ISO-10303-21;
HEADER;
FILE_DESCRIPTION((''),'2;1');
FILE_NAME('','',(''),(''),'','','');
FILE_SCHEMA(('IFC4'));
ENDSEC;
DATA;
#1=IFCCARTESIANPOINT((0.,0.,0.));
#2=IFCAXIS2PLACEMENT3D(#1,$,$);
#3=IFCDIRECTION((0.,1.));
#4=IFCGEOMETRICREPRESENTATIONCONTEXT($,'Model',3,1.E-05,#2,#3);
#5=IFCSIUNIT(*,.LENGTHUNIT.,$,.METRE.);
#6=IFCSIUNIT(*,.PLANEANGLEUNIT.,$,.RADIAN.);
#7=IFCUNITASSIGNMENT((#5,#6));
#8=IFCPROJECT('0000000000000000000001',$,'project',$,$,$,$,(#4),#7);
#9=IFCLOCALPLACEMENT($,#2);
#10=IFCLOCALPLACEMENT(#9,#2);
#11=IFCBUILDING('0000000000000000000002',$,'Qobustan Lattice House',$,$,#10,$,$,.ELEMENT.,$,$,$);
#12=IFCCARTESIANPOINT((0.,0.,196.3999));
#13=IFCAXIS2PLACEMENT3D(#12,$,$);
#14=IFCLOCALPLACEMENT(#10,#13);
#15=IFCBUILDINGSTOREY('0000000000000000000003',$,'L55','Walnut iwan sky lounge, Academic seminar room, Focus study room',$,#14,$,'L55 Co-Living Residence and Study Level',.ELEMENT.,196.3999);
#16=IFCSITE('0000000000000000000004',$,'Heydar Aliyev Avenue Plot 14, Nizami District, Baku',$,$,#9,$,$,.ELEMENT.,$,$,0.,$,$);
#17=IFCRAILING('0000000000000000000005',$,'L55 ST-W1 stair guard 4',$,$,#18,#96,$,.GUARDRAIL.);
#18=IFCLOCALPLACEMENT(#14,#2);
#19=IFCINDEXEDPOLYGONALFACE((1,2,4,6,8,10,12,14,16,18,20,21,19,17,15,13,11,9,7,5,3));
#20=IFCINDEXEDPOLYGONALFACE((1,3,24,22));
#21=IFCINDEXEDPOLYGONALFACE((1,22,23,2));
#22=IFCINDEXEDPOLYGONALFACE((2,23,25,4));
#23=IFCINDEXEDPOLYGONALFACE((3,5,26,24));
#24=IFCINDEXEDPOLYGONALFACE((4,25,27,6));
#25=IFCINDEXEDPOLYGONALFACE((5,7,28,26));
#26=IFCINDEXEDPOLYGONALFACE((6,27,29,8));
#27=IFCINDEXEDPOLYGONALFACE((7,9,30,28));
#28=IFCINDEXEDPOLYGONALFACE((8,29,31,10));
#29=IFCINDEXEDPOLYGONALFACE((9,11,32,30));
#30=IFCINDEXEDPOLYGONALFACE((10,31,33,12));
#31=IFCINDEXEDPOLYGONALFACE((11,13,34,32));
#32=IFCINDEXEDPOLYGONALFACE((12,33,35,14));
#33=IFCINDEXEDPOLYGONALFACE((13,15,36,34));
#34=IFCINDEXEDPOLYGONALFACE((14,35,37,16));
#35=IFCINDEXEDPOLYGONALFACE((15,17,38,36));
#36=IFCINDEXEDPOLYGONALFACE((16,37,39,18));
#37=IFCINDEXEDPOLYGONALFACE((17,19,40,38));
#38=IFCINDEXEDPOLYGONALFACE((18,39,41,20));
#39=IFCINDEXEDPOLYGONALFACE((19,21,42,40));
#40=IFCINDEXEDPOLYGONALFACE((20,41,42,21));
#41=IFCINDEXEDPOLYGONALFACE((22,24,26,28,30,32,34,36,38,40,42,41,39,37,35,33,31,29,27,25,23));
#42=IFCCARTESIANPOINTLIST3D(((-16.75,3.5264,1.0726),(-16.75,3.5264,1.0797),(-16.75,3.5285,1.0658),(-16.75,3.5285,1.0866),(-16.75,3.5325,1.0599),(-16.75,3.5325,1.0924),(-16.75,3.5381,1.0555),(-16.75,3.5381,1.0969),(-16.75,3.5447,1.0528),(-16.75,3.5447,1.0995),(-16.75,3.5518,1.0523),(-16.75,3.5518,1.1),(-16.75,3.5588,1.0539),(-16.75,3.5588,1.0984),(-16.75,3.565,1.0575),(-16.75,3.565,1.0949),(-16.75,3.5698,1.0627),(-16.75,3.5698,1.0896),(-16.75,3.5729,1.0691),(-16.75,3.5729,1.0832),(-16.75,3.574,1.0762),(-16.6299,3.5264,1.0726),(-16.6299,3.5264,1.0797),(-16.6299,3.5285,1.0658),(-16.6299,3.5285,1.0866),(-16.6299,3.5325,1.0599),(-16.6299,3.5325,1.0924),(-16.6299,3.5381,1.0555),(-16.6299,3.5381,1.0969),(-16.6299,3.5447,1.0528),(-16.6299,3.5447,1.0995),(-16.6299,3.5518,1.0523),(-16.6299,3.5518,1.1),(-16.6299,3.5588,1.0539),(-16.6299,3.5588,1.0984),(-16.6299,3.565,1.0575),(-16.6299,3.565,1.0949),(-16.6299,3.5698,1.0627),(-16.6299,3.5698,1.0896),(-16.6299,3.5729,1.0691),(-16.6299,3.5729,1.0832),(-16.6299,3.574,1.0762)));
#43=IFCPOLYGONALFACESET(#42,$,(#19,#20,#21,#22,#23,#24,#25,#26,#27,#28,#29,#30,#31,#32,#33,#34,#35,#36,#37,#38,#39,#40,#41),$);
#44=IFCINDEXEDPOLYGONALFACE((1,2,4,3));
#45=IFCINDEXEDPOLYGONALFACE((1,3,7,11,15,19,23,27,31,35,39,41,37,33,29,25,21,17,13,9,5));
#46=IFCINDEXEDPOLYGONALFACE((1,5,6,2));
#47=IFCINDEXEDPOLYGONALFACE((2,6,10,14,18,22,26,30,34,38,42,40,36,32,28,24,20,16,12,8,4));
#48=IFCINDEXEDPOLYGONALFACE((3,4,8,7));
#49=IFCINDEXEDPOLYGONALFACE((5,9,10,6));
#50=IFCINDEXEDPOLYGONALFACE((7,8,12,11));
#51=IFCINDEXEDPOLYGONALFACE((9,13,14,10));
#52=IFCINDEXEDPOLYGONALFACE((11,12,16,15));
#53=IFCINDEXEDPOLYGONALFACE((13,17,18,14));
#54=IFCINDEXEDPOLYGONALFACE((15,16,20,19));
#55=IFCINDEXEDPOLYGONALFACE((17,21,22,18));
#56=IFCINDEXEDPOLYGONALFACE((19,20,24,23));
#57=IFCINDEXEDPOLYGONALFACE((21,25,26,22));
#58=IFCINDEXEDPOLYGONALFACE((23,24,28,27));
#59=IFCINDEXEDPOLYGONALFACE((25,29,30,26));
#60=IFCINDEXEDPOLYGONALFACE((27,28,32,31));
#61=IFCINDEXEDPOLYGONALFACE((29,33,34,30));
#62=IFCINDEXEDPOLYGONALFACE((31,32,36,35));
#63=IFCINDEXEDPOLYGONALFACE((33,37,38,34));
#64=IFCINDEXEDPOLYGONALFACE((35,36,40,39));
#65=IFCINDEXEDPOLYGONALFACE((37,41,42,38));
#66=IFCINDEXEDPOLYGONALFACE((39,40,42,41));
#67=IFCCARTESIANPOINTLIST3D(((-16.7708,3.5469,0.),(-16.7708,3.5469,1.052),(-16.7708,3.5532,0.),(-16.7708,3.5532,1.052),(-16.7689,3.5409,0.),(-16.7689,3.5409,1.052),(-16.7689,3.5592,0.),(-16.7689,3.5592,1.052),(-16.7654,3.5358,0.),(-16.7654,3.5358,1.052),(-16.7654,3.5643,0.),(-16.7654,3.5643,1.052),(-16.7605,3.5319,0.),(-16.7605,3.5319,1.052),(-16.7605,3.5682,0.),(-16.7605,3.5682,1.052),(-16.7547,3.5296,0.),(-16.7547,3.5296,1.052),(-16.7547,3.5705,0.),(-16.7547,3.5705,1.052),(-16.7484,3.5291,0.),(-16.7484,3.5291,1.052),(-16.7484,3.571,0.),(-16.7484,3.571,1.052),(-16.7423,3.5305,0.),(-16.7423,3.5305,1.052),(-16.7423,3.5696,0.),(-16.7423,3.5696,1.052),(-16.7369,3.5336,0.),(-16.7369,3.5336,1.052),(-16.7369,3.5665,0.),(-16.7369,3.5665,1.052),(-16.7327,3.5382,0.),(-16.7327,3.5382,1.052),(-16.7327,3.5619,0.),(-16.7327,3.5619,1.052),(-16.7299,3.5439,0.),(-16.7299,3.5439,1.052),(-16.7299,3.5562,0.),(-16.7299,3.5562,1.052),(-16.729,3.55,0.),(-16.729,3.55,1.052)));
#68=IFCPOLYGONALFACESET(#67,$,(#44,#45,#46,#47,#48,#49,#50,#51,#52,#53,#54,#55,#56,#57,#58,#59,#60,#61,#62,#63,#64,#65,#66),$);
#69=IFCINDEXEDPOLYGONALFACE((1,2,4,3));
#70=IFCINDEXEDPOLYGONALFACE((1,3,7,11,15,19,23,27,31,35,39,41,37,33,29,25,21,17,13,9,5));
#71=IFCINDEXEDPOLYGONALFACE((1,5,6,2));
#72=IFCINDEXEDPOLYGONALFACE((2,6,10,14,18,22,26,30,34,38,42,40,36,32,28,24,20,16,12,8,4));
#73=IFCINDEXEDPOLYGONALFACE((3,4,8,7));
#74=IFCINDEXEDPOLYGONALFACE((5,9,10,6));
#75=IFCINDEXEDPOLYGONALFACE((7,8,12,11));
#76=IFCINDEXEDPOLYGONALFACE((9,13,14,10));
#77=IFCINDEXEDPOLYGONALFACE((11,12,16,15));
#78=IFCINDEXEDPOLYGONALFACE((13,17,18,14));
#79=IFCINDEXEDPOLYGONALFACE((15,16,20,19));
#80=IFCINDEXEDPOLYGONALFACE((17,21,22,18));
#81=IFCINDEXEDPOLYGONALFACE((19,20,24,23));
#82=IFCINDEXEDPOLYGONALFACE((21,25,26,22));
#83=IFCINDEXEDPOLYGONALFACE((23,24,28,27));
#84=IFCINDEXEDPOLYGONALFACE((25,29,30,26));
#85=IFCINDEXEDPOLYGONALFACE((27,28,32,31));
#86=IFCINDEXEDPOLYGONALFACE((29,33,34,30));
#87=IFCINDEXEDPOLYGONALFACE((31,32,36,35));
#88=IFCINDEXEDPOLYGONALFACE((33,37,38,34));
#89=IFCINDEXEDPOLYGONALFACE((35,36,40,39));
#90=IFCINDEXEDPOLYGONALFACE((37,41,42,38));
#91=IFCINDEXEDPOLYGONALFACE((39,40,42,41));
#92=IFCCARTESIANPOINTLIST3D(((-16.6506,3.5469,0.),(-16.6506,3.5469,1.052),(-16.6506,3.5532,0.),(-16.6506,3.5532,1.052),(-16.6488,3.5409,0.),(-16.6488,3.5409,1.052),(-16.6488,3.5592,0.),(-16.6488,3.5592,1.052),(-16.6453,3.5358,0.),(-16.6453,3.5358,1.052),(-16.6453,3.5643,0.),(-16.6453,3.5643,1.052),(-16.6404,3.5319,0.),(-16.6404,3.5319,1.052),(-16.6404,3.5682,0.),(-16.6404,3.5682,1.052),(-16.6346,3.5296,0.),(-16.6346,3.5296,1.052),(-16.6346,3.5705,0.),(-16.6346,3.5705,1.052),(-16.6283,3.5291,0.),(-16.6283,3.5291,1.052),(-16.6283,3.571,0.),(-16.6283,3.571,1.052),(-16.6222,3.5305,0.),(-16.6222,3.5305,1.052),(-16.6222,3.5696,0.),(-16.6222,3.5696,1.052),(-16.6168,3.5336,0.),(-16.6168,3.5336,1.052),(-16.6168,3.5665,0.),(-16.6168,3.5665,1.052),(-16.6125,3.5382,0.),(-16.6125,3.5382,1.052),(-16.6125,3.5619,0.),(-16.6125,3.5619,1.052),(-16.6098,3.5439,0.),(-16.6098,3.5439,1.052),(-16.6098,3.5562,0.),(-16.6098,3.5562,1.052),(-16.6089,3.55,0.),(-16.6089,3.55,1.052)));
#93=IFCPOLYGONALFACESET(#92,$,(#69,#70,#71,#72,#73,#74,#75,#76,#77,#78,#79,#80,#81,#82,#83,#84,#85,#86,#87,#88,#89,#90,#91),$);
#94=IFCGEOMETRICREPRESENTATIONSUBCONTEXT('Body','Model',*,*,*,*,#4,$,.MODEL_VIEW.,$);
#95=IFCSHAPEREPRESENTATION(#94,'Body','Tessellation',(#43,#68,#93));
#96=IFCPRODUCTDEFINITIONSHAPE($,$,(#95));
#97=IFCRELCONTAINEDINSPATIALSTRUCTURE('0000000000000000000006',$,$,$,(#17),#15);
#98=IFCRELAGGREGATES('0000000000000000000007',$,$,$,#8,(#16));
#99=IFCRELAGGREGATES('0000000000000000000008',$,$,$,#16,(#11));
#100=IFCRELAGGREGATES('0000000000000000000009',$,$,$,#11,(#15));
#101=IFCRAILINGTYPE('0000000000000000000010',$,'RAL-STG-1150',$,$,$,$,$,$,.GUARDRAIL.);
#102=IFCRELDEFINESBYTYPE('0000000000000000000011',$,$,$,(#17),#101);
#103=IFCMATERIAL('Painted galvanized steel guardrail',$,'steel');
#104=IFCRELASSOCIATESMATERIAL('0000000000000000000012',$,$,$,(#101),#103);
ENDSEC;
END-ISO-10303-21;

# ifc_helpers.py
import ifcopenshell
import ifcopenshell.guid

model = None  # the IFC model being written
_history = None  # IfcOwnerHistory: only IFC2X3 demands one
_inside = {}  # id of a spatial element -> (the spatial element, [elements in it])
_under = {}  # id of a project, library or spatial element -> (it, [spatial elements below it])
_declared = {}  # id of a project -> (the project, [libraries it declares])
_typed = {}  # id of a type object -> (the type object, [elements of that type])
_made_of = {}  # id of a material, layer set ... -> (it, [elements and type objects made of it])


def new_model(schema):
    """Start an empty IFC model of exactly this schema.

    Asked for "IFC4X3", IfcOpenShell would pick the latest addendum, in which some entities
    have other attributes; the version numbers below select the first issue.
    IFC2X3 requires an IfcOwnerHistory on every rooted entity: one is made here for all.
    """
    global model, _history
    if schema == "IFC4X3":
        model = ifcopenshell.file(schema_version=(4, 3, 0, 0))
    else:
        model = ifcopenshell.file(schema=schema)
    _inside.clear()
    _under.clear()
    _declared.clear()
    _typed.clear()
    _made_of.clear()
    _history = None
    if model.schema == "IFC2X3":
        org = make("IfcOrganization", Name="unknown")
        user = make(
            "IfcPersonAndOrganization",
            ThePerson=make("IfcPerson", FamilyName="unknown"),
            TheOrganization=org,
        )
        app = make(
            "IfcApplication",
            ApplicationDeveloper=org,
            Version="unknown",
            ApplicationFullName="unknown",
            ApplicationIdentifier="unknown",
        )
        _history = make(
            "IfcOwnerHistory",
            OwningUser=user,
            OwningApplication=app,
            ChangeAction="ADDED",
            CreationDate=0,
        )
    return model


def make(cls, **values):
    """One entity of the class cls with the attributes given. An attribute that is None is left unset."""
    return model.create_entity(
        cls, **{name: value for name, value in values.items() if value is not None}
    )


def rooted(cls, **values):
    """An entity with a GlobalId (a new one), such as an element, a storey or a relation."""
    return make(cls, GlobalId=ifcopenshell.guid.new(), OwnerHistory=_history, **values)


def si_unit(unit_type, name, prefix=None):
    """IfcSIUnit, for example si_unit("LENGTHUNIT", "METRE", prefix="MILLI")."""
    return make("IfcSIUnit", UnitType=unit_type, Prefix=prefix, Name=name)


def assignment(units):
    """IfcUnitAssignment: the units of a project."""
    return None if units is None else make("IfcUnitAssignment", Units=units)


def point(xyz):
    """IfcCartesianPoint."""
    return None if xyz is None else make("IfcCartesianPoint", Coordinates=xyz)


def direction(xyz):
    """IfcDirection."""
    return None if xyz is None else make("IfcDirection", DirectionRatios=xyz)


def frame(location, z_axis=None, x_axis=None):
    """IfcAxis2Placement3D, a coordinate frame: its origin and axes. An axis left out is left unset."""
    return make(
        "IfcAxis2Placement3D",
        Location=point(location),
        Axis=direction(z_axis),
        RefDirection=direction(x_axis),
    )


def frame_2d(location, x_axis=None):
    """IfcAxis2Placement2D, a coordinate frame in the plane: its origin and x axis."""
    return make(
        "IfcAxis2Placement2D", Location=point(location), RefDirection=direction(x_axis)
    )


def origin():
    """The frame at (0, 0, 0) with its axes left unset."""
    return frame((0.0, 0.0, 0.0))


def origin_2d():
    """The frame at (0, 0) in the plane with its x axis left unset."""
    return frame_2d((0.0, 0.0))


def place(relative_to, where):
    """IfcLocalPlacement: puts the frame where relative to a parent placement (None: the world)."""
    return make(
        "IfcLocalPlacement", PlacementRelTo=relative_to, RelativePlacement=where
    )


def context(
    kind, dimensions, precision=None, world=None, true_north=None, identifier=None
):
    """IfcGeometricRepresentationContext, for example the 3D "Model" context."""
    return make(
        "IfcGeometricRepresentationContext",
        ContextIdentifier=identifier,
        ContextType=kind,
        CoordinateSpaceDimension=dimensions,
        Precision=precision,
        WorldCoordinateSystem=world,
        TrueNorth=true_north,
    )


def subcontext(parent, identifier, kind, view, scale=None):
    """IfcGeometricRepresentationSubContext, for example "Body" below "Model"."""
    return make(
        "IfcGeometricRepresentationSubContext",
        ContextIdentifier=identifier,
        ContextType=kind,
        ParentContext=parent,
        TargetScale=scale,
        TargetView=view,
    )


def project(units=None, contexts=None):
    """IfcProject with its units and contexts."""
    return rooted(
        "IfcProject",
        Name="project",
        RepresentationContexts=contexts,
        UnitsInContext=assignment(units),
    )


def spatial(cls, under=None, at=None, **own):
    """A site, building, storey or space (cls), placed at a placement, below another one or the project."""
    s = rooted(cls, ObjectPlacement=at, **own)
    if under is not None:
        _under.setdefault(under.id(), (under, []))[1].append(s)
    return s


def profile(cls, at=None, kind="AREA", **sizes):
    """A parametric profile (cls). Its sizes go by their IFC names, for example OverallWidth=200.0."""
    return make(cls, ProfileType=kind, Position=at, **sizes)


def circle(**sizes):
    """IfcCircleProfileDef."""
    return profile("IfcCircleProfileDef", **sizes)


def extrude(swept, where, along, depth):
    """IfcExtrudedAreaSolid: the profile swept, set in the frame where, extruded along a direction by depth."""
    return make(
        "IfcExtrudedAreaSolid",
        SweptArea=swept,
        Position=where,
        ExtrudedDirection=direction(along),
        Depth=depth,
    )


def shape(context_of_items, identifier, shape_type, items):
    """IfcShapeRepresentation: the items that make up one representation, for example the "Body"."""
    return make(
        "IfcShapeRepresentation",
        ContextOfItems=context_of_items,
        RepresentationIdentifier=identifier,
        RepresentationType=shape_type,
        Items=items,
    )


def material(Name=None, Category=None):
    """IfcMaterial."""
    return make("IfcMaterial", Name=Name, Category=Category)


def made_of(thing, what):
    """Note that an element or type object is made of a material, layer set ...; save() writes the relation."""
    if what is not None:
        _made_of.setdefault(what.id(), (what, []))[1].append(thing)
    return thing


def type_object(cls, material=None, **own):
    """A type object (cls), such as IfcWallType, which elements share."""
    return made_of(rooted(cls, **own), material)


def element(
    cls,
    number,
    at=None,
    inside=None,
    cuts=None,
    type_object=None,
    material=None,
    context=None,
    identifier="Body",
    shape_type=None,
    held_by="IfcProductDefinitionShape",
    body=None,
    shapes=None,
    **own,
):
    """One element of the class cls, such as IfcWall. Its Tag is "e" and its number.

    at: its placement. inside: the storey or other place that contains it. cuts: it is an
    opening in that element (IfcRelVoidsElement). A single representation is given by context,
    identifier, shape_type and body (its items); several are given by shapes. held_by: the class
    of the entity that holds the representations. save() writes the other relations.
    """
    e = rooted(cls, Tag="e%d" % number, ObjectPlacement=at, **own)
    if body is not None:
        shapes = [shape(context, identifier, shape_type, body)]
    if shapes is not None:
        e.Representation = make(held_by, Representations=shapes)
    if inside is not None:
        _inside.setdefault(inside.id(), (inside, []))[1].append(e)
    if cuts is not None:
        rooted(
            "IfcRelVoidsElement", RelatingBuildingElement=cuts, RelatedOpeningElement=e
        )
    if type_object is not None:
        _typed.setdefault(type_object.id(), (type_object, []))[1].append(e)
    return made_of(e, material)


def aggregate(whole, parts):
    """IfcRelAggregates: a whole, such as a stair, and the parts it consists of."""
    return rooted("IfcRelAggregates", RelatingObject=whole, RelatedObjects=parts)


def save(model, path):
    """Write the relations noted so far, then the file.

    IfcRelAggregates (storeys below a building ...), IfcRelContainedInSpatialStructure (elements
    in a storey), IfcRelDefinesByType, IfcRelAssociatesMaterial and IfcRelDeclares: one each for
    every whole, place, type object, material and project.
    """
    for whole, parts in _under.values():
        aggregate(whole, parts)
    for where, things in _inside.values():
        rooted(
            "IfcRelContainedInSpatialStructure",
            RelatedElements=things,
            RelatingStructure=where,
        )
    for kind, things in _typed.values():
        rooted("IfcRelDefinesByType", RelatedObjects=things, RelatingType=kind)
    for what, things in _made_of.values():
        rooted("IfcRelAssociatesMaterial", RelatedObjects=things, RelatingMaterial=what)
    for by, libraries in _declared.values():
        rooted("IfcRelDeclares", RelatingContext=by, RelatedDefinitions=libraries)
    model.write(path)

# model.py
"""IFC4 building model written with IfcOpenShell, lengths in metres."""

from ifc_helpers import new_model, si_unit, direction, frame, origin, origin_2d, place, context, subcontext, project, spatial, circle, extrude, material, type_object, element, save


model = new_model("IFC4")

# Units and contexts
model_context = context("Model", 3, precision=1e-05, world=origin(), true_north=direction((0.0, 1.0)))
body_context = subcontext(model_context, "Body", "Model", "MODEL_VIEW")
ifc_project = project(units=[si_unit("LENGTHUNIT", "METRE"), si_unit("PLANEANGLEUNIT", "RADIAN")], contexts=[model_context])

# Site, building, storey
site_placement = place(None, origin())
site = spatial("IfcSite", under=ifc_project, at=site_placement, Name="Heydar Aliyev Avenue Plot 14, Nizami District, Baku", CompositionType="ELEMENT", RefElevation=0.0)
building_placement = place(site_placement, origin())
building = spatial("IfcBuilding", under=site, at=building_placement, Name="Qobustan Lattice House", CompositionType="ELEMENT")
storey_placement = place(building_placement, frame((0.0, 0.0, 196.3999)))
storey = spatial("IfcBuildingStorey", under=building, at=storey_placement, Name="L55", Description="Walnut iwan sky lounge, Academic seminar room, Focus study room", LongName="L55 Co-Living Residence and Study Level", CompositionType="ELEMENT", Elevation=196.3999)

# Railing
ifc_material_1 = material(Name="Painted galvanized steel guardrail", Category="steel")
railing_type_1 = type_object("IfcRailingType", Name="RAL-STG-1150", PredefinedType="GUARDRAIL", material=ifc_material_1)
railing_1_placement = place(storey_placement, frame((-16.75, 3.55, 0.0)))
element("IfcRailing", 1, at=railing_1_placement, inside=storey, type_object=railing_type_1, Name="L55 ST-W1 stair guard 4", PredefinedType="GUARDRAIL", context=body_context, shape_type="SweptSolid", body=[
    extrude(circle(Radius=0.0239, at=origin_2d()), frame((0.0, 0.0, 1.0762), z_axis=(1.0, 0.0, 0.0), x_axis=(0.0, 1.0, 0.0)), (0.0, 0.0, 1.0), 0.1201),
    extrude(circle(Radius=0.021, at=origin_2d()), origin(), (0.0, 0.0, 1.0), 1.052),
    extrude(circle(Radius=0.021, at=origin_2d()), frame((0.1201, 0.0, 0.0)), (0.0, 0.0, 1.0), 1.052),
])

save(model, "model.ifc")
